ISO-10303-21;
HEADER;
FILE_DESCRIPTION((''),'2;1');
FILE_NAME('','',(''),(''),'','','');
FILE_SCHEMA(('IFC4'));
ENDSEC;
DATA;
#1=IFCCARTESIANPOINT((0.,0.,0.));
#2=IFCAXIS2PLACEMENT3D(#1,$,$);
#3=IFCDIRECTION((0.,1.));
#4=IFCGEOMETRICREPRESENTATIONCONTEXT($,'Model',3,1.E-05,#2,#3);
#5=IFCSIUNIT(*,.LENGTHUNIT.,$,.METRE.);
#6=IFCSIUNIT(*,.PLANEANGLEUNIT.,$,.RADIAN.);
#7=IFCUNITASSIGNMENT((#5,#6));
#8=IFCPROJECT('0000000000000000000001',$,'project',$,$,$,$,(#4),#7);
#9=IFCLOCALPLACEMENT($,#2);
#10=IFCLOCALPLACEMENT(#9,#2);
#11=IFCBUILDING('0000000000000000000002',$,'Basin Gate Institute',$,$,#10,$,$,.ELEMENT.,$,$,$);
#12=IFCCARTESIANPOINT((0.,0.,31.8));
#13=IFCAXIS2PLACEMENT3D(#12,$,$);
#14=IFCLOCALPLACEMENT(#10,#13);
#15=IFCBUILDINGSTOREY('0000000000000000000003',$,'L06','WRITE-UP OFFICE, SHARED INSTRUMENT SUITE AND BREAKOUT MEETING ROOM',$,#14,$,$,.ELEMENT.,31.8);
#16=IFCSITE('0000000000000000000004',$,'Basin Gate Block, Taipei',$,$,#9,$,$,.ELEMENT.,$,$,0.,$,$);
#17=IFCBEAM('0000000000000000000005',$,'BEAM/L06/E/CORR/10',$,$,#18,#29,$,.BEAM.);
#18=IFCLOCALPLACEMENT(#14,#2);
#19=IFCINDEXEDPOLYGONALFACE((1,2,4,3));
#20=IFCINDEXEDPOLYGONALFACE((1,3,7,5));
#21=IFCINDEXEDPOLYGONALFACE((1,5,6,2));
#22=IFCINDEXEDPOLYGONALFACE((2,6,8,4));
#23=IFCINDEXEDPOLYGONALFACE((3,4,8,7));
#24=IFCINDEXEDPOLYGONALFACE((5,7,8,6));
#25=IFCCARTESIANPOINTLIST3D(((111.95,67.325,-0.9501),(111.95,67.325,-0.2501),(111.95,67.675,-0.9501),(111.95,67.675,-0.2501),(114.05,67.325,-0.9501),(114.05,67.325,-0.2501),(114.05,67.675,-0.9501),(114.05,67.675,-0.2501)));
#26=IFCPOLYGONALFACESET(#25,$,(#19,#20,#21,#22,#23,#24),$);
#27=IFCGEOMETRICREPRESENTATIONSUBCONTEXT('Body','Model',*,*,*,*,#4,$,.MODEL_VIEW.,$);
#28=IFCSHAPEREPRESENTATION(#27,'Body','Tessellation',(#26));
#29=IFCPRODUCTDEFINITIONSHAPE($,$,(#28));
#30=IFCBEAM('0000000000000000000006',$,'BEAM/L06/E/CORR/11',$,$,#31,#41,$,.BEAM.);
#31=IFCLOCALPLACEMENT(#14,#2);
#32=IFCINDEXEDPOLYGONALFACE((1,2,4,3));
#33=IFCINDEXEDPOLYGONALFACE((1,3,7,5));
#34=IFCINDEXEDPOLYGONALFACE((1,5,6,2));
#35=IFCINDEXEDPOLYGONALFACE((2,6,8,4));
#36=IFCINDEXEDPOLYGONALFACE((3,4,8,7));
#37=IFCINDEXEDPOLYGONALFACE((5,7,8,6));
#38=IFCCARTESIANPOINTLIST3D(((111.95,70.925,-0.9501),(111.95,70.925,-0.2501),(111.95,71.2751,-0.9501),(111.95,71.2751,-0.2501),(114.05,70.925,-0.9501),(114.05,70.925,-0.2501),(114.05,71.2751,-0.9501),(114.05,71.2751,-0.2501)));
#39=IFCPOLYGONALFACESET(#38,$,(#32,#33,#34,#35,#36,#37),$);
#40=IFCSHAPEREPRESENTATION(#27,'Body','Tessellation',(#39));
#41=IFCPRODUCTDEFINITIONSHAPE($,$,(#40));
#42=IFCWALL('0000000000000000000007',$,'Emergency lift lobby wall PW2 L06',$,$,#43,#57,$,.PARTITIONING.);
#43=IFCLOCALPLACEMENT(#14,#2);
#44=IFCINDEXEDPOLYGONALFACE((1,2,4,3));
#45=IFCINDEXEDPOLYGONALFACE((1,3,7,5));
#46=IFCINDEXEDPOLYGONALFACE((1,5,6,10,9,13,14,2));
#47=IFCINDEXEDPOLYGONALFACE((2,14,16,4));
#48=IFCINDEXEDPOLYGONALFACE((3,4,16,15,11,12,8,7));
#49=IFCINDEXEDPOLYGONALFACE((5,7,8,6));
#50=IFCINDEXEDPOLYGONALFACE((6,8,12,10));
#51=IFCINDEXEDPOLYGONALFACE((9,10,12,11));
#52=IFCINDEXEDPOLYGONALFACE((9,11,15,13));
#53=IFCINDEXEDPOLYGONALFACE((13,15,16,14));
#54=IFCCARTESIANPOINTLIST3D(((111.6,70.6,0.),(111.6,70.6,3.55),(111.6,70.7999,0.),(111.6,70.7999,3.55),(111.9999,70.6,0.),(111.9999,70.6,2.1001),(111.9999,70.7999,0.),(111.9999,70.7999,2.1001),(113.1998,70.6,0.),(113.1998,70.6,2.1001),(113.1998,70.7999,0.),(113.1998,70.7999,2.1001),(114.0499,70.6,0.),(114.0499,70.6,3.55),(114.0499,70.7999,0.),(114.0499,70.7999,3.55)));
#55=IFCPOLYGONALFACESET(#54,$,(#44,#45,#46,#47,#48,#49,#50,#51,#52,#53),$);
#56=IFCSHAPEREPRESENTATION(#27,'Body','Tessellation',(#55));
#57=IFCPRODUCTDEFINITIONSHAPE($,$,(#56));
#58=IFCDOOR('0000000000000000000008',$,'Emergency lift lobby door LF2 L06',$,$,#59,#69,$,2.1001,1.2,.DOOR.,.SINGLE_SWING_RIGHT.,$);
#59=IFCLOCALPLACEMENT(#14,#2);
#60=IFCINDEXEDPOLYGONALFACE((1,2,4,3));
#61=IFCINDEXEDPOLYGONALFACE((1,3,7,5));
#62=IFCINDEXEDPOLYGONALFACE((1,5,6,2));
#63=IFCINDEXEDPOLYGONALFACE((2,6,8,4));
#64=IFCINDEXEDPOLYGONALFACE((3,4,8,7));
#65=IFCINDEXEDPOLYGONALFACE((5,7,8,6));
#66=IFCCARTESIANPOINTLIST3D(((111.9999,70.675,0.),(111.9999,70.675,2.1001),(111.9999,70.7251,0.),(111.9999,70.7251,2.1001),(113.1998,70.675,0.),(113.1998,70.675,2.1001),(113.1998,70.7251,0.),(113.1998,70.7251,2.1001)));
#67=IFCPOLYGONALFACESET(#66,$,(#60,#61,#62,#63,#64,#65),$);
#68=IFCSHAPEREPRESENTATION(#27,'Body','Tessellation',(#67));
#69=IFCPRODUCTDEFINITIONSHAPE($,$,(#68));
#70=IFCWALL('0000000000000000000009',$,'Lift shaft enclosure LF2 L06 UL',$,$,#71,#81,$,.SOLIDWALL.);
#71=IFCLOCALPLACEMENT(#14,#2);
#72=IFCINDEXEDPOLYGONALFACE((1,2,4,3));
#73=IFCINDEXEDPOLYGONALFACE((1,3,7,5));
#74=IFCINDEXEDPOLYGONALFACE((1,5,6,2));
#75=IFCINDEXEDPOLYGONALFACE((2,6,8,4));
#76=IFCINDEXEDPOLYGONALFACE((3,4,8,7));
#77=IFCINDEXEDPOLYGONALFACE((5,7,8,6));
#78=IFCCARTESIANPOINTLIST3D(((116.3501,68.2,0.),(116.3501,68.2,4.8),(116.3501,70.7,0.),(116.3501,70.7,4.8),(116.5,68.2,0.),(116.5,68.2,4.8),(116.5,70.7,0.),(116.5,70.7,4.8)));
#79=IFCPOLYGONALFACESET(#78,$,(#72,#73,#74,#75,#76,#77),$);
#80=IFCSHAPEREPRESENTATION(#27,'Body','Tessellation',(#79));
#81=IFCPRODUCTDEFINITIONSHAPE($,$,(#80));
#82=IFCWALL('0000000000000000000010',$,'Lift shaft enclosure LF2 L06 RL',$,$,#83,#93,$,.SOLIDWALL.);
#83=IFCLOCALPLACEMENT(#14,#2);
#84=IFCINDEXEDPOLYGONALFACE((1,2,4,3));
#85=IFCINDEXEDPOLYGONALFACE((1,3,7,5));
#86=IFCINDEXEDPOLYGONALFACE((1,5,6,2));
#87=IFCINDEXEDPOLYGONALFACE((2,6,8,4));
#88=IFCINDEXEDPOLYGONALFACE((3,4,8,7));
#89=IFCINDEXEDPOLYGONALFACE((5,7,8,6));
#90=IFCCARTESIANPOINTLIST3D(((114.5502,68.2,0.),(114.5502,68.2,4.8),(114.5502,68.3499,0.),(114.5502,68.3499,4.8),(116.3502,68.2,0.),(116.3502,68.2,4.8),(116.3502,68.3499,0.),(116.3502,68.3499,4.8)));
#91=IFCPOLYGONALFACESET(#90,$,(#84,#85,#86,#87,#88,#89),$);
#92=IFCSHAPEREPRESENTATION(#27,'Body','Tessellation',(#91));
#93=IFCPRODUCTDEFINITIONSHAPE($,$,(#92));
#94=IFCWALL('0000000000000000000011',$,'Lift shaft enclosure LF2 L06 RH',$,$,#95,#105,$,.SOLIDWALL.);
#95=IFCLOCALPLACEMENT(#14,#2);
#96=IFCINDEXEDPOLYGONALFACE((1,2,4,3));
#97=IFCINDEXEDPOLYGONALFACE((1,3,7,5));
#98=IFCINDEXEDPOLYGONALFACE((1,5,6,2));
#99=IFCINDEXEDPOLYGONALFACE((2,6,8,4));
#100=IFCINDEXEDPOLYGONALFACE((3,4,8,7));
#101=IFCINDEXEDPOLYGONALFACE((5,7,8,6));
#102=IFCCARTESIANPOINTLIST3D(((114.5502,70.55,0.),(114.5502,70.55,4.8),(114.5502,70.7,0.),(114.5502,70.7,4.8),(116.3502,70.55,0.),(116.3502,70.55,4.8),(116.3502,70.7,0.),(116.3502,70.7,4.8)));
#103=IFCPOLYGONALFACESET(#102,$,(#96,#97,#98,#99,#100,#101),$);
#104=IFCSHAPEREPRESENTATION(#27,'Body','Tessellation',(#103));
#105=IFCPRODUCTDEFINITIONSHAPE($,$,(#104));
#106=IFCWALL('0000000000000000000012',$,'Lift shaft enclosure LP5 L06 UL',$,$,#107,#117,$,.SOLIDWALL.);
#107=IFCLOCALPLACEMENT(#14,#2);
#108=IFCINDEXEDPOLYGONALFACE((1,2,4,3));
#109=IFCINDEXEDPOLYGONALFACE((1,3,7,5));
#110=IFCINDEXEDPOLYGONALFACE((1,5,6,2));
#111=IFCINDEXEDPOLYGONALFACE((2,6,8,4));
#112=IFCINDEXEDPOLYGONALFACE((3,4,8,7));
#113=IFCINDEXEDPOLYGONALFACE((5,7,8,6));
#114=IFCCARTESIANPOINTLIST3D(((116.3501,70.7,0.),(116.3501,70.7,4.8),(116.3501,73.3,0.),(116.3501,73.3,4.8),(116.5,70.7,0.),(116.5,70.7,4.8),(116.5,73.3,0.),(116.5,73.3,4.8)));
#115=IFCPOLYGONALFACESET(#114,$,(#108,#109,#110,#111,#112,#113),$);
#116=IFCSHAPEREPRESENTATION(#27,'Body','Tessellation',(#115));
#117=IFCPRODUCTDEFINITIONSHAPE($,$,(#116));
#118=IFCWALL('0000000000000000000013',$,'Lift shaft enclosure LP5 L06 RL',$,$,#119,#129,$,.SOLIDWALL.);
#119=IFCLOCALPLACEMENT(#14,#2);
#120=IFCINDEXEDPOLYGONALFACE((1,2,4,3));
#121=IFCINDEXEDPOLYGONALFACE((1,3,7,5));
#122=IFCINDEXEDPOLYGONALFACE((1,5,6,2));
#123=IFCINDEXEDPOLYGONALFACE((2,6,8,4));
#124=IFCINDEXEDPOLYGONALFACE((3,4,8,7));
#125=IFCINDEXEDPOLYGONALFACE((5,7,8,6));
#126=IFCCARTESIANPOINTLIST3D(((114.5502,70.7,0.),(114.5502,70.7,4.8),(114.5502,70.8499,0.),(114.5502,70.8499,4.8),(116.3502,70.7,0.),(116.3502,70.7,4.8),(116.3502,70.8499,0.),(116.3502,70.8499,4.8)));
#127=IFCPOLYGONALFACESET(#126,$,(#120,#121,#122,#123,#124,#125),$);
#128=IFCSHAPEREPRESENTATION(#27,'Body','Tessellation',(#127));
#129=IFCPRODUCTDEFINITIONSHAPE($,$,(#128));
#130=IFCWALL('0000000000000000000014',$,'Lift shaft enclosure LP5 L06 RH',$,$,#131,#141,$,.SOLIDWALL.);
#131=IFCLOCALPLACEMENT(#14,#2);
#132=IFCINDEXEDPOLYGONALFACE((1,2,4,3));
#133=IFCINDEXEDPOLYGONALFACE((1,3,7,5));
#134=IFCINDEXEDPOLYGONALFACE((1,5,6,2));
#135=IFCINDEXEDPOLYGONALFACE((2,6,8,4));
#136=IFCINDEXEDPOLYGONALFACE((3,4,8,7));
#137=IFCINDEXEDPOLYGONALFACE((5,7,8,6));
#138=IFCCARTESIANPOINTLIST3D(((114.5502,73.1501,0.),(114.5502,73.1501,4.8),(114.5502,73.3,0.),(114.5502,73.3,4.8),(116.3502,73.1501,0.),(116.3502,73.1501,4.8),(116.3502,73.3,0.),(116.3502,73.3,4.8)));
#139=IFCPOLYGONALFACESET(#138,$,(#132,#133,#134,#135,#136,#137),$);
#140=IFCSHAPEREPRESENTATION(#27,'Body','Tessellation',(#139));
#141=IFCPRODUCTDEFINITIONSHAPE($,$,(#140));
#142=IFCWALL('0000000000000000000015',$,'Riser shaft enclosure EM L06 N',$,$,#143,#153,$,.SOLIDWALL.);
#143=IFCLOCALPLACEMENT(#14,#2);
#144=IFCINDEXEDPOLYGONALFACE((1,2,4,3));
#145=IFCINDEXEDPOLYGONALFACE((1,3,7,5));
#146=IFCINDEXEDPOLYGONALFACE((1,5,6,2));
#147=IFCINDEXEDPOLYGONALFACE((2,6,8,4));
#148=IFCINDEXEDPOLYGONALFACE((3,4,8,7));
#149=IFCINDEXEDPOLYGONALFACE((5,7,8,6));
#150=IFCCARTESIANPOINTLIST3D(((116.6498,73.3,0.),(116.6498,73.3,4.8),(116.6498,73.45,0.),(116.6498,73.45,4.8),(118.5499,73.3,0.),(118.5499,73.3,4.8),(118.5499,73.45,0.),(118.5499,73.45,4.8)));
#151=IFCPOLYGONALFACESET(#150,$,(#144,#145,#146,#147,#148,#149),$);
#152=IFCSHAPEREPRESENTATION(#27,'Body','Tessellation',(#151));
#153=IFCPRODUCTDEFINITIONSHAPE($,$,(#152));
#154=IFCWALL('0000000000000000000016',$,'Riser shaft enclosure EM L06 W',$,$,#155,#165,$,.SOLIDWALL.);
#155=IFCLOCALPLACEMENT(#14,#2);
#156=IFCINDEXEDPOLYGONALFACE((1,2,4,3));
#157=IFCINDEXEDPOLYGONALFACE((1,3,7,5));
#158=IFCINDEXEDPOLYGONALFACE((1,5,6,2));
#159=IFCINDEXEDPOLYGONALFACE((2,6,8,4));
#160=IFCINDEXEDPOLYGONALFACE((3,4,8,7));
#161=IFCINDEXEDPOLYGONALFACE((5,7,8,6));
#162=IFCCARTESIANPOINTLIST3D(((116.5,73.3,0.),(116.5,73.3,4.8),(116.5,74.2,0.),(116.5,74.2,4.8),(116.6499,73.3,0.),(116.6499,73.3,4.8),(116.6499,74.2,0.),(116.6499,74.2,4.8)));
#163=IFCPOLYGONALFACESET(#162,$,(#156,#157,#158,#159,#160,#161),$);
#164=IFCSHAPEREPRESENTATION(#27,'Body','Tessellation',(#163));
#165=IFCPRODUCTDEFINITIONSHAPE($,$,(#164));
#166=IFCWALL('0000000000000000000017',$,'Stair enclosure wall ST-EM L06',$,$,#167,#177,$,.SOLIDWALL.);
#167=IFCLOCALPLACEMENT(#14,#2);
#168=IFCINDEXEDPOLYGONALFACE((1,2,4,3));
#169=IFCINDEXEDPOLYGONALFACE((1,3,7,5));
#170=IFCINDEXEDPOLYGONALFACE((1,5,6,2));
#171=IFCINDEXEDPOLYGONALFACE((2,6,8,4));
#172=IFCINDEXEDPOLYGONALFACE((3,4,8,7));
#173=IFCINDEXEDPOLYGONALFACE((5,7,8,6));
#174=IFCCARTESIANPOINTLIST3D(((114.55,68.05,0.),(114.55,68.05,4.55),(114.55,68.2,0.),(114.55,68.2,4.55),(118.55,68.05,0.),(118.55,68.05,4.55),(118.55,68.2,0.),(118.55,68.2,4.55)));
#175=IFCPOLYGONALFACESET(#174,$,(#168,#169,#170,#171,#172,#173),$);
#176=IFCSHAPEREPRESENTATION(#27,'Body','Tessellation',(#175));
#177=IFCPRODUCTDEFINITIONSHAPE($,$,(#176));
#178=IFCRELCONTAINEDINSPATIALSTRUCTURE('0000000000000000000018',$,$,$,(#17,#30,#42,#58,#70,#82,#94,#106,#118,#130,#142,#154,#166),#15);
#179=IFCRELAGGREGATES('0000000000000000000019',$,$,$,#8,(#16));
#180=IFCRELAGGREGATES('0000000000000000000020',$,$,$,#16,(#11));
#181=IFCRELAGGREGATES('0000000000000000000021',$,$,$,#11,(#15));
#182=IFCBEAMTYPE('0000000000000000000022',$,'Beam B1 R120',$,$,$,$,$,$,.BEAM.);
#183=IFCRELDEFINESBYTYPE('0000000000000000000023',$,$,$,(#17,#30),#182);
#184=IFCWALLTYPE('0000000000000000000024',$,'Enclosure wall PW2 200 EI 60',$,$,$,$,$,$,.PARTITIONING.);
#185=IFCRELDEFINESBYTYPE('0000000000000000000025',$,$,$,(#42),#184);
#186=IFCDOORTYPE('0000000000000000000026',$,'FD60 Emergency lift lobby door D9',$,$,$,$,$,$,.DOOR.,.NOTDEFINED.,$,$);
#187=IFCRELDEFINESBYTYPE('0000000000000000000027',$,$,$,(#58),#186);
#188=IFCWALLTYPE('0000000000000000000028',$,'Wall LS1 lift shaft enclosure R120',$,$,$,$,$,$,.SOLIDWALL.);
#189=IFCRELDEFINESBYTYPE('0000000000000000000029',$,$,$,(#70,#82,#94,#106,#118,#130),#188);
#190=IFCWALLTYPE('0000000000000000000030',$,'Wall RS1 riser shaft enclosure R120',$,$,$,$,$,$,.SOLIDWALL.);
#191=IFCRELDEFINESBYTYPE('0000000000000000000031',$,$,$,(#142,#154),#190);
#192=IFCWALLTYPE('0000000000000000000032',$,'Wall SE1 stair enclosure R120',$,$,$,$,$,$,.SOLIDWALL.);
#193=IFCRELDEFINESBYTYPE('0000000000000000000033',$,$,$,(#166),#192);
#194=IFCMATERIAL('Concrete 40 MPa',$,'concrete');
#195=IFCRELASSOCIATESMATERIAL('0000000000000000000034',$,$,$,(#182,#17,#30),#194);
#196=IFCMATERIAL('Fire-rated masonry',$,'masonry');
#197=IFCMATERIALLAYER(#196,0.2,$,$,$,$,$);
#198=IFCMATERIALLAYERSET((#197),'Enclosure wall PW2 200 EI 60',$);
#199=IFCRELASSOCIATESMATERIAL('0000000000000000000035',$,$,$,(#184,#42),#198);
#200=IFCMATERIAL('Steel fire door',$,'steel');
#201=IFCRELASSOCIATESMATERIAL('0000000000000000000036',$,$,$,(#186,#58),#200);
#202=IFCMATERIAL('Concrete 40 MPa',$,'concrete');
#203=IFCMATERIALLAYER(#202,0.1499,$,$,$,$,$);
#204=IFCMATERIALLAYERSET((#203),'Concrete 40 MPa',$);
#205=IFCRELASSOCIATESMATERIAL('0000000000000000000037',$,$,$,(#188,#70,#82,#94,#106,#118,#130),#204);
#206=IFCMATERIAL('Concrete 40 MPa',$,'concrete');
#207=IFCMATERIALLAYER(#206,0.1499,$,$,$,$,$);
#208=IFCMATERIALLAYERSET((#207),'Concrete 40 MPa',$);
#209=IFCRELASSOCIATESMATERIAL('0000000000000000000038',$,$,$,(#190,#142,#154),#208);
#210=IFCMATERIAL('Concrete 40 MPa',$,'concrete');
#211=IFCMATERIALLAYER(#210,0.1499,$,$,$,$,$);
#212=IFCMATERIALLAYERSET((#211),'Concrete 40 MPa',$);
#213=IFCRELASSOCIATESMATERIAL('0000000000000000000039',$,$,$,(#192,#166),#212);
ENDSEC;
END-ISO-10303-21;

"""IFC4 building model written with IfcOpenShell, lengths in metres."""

from ifc_helpers import new_model, si_unit, direction, frame, frame_2d, origin, origin_2d, place, context, subcontext, project, spatial, rectangle, extrude, material, layer, layer_set, material_profile, profile_set, type_object, element, fill, save


model = new_model("IFC4")

# Units and contexts
model_context = context("Model", 3, precision=1e-05, world=origin(), true_north=direction((0.0, 1.0)))
body_context = subcontext(model_context, "Body", "Model", "MODEL_VIEW")
ifc_project = project(units=[si_unit("LENGTHUNIT", "METRE"), si_unit("PLANEANGLEUNIT", "RADIAN")], contexts=[model_context])

# Site, building, storey
site_placement = place(None, origin())
site = spatial("IfcSite", under=ifc_project, at=site_placement, Name="Basin Gate Block, Taipei", CompositionType="ELEMENT", RefElevation=0.0)
building_placement = place(site_placement, origin())
building = spatial("IfcBuilding", under=site, at=building_placement, Name="Basin Gate Institute", CompositionType="ELEMENT")
storey_placement = place(building_placement, frame((0.0, 0.0, 31.8)))
storey = spatial("IfcBuildingStorey", under=building, at=storey_placement, Name="L06", Description="WRITE-UP OFFICE, SHARED INSTRUMENT SUITE AND BREAKOUT MEETING ROOM", CompositionType="ELEMENT", Elevation=31.8)

# Beams
ifc_material_1 = material(Name="Concrete 40 MPa", Category="concrete")
ifc_material_profile = material_profile(ifc_material_1, rectangle(XDim=0.3501, YDim=0.7, at=origin_2d()), Name="Beam B1 350 x 700")
ifc_profile_set = profile_set([ifc_material_profile], Name="Concrete 40 MPa")
beam_type = type_object("IfcBeamType", Name="Beam B1 R120", PredefinedType="BEAM", material=ifc_profile_set)
for number, where, z_axis, x_axis, name in (
    (1, (114.05, 67.5, -0.6001), (-1.0, 0.0, 0.0), (0.0, -1.0, 0.0), "BEAM/L06/E/CORR/10"),
    (2, (114.05, 71.1001, -0.6001), (-1.0, 0.0, 0.0), (0.0, -1.0, 0.0), "BEAM/L06/E/CORR/11"),
):
    element("IfcBeam", number, at=place(storey_placement, frame(where, z_axis=z_axis, x_axis=x_axis)), inside=storey, type_object=beam_type, material=ifc_profile_set, Name=name, PredefinedType="BEAM", context=body_context, shape_type="SweptSolid", body=[
        extrude(rectangle(XDim=0.3501, YDim=0.7, at=origin_2d()), origin(), (0.0, 0.0, 1.0), 2.1001),
    ])

# Wall, opening, door
ifc_material_2 = material(Name="Fire-rated masonry", Category="masonry")
ifc_layer_1 = layer(ifc_material_2, 0.2)
ifc_layer_set_1 = layer_set([ifc_layer_1], Name="Enclosure wall PW2 200 EI 60")
wall_type_1 = type_object("IfcWallType", Name="Enclosure wall PW2 200 EI 60", PredefinedType="PARTITIONING", material=ifc_layer_set_1)
wall_1_placement = place(storey_placement, frame((114.05, 70.7, 0.0), z_axis=(0.0, 0.0, 1.0), x_axis=(-1.0, 0.0, 0.0)))
wall_1 = element("IfcWall", 3, at=wall_1_placement, inside=storey, type_object=wall_type_1, material=ifc_layer_set_1, Name="Emergency lift lobby wall PW2 L06", PredefinedType="PARTITIONING", context=body_context, shape_type="SweptSolid", body=[
    extrude(rectangle(XDim=2.45, YDim=0.2, at=frame_2d((1.2251, 0.0))), origin(), (0.0, 0.0, 1.0), 3.55),
])
opening_1_placement = place(wall_1_placement, frame((0.8501, 0.0, 0.0)))
opening_1 = element("IfcOpeningElement", 4, at=opening_1_placement, cuts=wall_1, PredefinedType="OPENING", context=body_context, shape_type="SweptSolid", body=[
    extrude(rectangle(XDim=1.2, YDim=2.1001, at=frame_2d((0.6001, 1.05))), frame((0.0, 0.1099, 0.0), z_axis=(0.0, -1.0, 0.0), x_axis=(1.0, 0.0, 0.0)), (0.0, 0.0, 1.0), 0.22),
])
ifc_material_3 = material(Name="Steel fire door", Category="steel")
door_type = type_object("IfcDoorType", Name="FD60 Emergency lift lobby door D9", OperationType="NOTDEFINED", PredefinedType="DOOR", material=ifc_material_3)
door_placement = place(opening_1_placement, origin())
door = element("IfcDoor", 5, at=door_placement, inside=storey, type_object=door_type, material=ifc_material_3, Name="Emergency lift lobby door LF2 L06", OperationType="SINGLE_SWING_RIGHT", OverallHeight=2.1001, OverallWidth=1.2, PredefinedType="DOOR", context=body_context, shape_type="SweptSolid", body=[
    extrude(rectangle(XDim=1.2, YDim=2.1001, at=frame_2d((0.6001, 1.05))), frame((0.0, 0.0249, 0.0), z_axis=(0.0, -1.0, 0.0), x_axis=(1.0, 0.0, 0.0)), (0.0, 0.0, 1.0), 0.05),
])
fill(opening_1, door)

# Walls
ifc_material_4 = material(Name="Concrete 40 MPa", Category="concrete")
ifc_layer_2 = layer(ifc_material_4, 0.1499)
ifc_layer_set_2 = layer_set([ifc_layer_2], Name="Concrete 40 MPa")
wall_type_2 = type_object("IfcWallType", Name="Wall LS1 lift shaft enclosure R120", PredefinedType="SOLIDWALL", material=ifc_layer_set_2)
wall_2_placement = place(storey_placement, frame((116.425, 68.2, 0.0), z_axis=(0.0, 0.0, 1.0), x_axis=(0.0, 1.0, 0.0)))
element("IfcWall", 6, at=wall_2_placement, inside=storey, type_object=wall_type_2, material=ifc_layer_set_2, Name="Lift shaft enclosure LF2 L06 UL", PredefinedType="SOLIDWALL", context=body_context, shape_type="SweptSolid", body=[
    extrude(rectangle(XDim=2.5, YDim=0.1499, at=frame_2d((1.25, 0.0))), origin(), (0.0, 0.0, 1.0), 4.8),
])
for number, where, z_axis, x_axis, name in (
    (7, (116.3501, 68.2749, 0.0), (0.0, 0.0, 1.0), (-1.0, 0.0, 0.0), "Lift shaft enclosure LF2 L06 RL"),
    (8, (116.3501, 70.625, 0.0), (0.0, 0.0, 1.0), (-1.0, 0.0, 0.0), "Lift shaft enclosure LF2 L06 RH"),
):
    element("IfcWall", number, at=place(storey_placement, frame(where, z_axis=z_axis, x_axis=x_axis)), inside=storey, type_object=wall_type_2, material=ifc_layer_set_2, Name=name, PredefinedType="SOLIDWALL", context=body_context, shape_type="SweptSolid", body=[
        extrude(rectangle(XDim=1.8, YDim=0.1499, at=frame_2d((0.8999, 0.0))), origin(), (0.0, 0.0, 1.0), 4.8),
    ])
wall_3_placement = place(storey_placement, frame((116.425, 70.7, 0.0), z_axis=(0.0, 0.0, 1.0), x_axis=(0.0, 1.0, 0.0)))
element("IfcWall", 9, at=wall_3_placement, inside=storey, type_object=wall_type_2, material=ifc_layer_set_2, Name="Lift shaft enclosure LP5 L06 UL", PredefinedType="SOLIDWALL", context=body_context, shape_type="SweptSolid", body=[
    extrude(rectangle(XDim=2.6001, YDim=0.1499, at=frame_2d((1.3, 0.0))), origin(), (0.0, 0.0, 1.0), 4.8),
])
for number, where, z_axis, x_axis, name in (
    (10, (116.3501, 70.7749, 0.0), (0.0, 0.0, 1.0), (-1.0, 0.0, 0.0), "Lift shaft enclosure LP5 L06 RL"),
    (11, (116.3501, 73.2251, 0.0), (0.0, 0.0, 1.0), (-1.0, 0.0, 0.0), "Lift shaft enclosure LP5 L06 RH"),
):
    element("IfcWall", number, at=place(storey_placement, frame(where, z_axis=z_axis, x_axis=x_axis)), inside=storey, type_object=wall_type_2, material=ifc_layer_set_2, Name=name, PredefinedType="SOLIDWALL", context=body_context, shape_type="SweptSolid", body=[
        extrude(rectangle(XDim=1.8, YDim=0.1499, at=frame_2d((0.8999, 0.0))), origin(), (0.0, 0.0, 1.0), 4.8),
    ])
ifc_material_5 = material(Name="Concrete 40 MPa", Category="concrete")
ifc_layer_3 = layer(ifc_material_5, 0.1499)
ifc_layer_set_3 = layer_set([ifc_layer_3], Name="Concrete 40 MPa")
wall_type_3 = type_object("IfcWallType", Name="Wall RS1 riser shaft enclosure R120", PredefinedType="SOLIDWALL", material=ifc_layer_set_3)
wall_4_placement = place(storey_placement, frame((118.55, 73.375, 0.0), z_axis=(0.0, 0.0, 1.0), x_axis=(-1.0, 0.0, 0.0)))
element("IfcWall", 12, at=wall_4_placement, inside=storey, type_object=wall_type_3, material=ifc_layer_set_3, Name="Riser shaft enclosure EM L06 N", PredefinedType="SOLIDWALL", context=body_context, shape_type="SweptSolid", body=[
    extrude(rectangle(XDim=1.9001, YDim=0.1499, at=frame_2d((0.9502, 0.0))), origin(), (0.0, 0.0, 1.0), 4.8),
])
wall_5_placement = place(storey_placement, frame((116.575, 73.3, 0.0), z_axis=(0.0, 0.0, 1.0), x_axis=(0.0, 1.0, 0.0)))
element("IfcWall", 13, at=wall_5_placement, inside=storey, type_object=wall_type_3, material=ifc_layer_set_3, Name="Riser shaft enclosure EM L06 W", PredefinedType="SOLIDWALL", context=body_context, shape_type="SweptSolid", body=[
    extrude(rectangle(XDim=0.8999, YDim=0.1499, at=frame_2d((0.45, 0.0))), origin(), (0.0, 0.0, 1.0), 4.8),
])
ifc_material_6 = material(Name="Concrete 40 MPa", Category="concrete")
ifc_layer_4 = layer(ifc_material_6, 0.1499)
ifc_layer_set_4 = layer_set([ifc_layer_4], Name="Concrete 40 MPa")
wall_type_4 = type_object("IfcWallType", Name="Wall SE1 stair enclosure R120", PredefinedType="SOLIDWALL", material=ifc_layer_set_4)
wall_6_placement = place(storey_placement, frame((118.55, 68.125, 0.0), z_axis=(0.0, 0.0, 1.0), x_axis=(-1.0, 0.0, 0.0)))
element("IfcWall", 14, at=wall_6_placement, inside=storey, type_object=wall_type_4, material=ifc_layer_set_4, Name="Stair enclosure wall ST-EM L06", PredefinedType="SOLIDWALL", context=body_context, shape_type="SweptSolid", body=[
    extrude(rectangle(XDim=4.0, YDim=0.1499, at=frame_2d((2.0, 0.0))), origin(), (0.0, 0.0, 1.0), 4.55),
])

save(model, "model.ifc")
